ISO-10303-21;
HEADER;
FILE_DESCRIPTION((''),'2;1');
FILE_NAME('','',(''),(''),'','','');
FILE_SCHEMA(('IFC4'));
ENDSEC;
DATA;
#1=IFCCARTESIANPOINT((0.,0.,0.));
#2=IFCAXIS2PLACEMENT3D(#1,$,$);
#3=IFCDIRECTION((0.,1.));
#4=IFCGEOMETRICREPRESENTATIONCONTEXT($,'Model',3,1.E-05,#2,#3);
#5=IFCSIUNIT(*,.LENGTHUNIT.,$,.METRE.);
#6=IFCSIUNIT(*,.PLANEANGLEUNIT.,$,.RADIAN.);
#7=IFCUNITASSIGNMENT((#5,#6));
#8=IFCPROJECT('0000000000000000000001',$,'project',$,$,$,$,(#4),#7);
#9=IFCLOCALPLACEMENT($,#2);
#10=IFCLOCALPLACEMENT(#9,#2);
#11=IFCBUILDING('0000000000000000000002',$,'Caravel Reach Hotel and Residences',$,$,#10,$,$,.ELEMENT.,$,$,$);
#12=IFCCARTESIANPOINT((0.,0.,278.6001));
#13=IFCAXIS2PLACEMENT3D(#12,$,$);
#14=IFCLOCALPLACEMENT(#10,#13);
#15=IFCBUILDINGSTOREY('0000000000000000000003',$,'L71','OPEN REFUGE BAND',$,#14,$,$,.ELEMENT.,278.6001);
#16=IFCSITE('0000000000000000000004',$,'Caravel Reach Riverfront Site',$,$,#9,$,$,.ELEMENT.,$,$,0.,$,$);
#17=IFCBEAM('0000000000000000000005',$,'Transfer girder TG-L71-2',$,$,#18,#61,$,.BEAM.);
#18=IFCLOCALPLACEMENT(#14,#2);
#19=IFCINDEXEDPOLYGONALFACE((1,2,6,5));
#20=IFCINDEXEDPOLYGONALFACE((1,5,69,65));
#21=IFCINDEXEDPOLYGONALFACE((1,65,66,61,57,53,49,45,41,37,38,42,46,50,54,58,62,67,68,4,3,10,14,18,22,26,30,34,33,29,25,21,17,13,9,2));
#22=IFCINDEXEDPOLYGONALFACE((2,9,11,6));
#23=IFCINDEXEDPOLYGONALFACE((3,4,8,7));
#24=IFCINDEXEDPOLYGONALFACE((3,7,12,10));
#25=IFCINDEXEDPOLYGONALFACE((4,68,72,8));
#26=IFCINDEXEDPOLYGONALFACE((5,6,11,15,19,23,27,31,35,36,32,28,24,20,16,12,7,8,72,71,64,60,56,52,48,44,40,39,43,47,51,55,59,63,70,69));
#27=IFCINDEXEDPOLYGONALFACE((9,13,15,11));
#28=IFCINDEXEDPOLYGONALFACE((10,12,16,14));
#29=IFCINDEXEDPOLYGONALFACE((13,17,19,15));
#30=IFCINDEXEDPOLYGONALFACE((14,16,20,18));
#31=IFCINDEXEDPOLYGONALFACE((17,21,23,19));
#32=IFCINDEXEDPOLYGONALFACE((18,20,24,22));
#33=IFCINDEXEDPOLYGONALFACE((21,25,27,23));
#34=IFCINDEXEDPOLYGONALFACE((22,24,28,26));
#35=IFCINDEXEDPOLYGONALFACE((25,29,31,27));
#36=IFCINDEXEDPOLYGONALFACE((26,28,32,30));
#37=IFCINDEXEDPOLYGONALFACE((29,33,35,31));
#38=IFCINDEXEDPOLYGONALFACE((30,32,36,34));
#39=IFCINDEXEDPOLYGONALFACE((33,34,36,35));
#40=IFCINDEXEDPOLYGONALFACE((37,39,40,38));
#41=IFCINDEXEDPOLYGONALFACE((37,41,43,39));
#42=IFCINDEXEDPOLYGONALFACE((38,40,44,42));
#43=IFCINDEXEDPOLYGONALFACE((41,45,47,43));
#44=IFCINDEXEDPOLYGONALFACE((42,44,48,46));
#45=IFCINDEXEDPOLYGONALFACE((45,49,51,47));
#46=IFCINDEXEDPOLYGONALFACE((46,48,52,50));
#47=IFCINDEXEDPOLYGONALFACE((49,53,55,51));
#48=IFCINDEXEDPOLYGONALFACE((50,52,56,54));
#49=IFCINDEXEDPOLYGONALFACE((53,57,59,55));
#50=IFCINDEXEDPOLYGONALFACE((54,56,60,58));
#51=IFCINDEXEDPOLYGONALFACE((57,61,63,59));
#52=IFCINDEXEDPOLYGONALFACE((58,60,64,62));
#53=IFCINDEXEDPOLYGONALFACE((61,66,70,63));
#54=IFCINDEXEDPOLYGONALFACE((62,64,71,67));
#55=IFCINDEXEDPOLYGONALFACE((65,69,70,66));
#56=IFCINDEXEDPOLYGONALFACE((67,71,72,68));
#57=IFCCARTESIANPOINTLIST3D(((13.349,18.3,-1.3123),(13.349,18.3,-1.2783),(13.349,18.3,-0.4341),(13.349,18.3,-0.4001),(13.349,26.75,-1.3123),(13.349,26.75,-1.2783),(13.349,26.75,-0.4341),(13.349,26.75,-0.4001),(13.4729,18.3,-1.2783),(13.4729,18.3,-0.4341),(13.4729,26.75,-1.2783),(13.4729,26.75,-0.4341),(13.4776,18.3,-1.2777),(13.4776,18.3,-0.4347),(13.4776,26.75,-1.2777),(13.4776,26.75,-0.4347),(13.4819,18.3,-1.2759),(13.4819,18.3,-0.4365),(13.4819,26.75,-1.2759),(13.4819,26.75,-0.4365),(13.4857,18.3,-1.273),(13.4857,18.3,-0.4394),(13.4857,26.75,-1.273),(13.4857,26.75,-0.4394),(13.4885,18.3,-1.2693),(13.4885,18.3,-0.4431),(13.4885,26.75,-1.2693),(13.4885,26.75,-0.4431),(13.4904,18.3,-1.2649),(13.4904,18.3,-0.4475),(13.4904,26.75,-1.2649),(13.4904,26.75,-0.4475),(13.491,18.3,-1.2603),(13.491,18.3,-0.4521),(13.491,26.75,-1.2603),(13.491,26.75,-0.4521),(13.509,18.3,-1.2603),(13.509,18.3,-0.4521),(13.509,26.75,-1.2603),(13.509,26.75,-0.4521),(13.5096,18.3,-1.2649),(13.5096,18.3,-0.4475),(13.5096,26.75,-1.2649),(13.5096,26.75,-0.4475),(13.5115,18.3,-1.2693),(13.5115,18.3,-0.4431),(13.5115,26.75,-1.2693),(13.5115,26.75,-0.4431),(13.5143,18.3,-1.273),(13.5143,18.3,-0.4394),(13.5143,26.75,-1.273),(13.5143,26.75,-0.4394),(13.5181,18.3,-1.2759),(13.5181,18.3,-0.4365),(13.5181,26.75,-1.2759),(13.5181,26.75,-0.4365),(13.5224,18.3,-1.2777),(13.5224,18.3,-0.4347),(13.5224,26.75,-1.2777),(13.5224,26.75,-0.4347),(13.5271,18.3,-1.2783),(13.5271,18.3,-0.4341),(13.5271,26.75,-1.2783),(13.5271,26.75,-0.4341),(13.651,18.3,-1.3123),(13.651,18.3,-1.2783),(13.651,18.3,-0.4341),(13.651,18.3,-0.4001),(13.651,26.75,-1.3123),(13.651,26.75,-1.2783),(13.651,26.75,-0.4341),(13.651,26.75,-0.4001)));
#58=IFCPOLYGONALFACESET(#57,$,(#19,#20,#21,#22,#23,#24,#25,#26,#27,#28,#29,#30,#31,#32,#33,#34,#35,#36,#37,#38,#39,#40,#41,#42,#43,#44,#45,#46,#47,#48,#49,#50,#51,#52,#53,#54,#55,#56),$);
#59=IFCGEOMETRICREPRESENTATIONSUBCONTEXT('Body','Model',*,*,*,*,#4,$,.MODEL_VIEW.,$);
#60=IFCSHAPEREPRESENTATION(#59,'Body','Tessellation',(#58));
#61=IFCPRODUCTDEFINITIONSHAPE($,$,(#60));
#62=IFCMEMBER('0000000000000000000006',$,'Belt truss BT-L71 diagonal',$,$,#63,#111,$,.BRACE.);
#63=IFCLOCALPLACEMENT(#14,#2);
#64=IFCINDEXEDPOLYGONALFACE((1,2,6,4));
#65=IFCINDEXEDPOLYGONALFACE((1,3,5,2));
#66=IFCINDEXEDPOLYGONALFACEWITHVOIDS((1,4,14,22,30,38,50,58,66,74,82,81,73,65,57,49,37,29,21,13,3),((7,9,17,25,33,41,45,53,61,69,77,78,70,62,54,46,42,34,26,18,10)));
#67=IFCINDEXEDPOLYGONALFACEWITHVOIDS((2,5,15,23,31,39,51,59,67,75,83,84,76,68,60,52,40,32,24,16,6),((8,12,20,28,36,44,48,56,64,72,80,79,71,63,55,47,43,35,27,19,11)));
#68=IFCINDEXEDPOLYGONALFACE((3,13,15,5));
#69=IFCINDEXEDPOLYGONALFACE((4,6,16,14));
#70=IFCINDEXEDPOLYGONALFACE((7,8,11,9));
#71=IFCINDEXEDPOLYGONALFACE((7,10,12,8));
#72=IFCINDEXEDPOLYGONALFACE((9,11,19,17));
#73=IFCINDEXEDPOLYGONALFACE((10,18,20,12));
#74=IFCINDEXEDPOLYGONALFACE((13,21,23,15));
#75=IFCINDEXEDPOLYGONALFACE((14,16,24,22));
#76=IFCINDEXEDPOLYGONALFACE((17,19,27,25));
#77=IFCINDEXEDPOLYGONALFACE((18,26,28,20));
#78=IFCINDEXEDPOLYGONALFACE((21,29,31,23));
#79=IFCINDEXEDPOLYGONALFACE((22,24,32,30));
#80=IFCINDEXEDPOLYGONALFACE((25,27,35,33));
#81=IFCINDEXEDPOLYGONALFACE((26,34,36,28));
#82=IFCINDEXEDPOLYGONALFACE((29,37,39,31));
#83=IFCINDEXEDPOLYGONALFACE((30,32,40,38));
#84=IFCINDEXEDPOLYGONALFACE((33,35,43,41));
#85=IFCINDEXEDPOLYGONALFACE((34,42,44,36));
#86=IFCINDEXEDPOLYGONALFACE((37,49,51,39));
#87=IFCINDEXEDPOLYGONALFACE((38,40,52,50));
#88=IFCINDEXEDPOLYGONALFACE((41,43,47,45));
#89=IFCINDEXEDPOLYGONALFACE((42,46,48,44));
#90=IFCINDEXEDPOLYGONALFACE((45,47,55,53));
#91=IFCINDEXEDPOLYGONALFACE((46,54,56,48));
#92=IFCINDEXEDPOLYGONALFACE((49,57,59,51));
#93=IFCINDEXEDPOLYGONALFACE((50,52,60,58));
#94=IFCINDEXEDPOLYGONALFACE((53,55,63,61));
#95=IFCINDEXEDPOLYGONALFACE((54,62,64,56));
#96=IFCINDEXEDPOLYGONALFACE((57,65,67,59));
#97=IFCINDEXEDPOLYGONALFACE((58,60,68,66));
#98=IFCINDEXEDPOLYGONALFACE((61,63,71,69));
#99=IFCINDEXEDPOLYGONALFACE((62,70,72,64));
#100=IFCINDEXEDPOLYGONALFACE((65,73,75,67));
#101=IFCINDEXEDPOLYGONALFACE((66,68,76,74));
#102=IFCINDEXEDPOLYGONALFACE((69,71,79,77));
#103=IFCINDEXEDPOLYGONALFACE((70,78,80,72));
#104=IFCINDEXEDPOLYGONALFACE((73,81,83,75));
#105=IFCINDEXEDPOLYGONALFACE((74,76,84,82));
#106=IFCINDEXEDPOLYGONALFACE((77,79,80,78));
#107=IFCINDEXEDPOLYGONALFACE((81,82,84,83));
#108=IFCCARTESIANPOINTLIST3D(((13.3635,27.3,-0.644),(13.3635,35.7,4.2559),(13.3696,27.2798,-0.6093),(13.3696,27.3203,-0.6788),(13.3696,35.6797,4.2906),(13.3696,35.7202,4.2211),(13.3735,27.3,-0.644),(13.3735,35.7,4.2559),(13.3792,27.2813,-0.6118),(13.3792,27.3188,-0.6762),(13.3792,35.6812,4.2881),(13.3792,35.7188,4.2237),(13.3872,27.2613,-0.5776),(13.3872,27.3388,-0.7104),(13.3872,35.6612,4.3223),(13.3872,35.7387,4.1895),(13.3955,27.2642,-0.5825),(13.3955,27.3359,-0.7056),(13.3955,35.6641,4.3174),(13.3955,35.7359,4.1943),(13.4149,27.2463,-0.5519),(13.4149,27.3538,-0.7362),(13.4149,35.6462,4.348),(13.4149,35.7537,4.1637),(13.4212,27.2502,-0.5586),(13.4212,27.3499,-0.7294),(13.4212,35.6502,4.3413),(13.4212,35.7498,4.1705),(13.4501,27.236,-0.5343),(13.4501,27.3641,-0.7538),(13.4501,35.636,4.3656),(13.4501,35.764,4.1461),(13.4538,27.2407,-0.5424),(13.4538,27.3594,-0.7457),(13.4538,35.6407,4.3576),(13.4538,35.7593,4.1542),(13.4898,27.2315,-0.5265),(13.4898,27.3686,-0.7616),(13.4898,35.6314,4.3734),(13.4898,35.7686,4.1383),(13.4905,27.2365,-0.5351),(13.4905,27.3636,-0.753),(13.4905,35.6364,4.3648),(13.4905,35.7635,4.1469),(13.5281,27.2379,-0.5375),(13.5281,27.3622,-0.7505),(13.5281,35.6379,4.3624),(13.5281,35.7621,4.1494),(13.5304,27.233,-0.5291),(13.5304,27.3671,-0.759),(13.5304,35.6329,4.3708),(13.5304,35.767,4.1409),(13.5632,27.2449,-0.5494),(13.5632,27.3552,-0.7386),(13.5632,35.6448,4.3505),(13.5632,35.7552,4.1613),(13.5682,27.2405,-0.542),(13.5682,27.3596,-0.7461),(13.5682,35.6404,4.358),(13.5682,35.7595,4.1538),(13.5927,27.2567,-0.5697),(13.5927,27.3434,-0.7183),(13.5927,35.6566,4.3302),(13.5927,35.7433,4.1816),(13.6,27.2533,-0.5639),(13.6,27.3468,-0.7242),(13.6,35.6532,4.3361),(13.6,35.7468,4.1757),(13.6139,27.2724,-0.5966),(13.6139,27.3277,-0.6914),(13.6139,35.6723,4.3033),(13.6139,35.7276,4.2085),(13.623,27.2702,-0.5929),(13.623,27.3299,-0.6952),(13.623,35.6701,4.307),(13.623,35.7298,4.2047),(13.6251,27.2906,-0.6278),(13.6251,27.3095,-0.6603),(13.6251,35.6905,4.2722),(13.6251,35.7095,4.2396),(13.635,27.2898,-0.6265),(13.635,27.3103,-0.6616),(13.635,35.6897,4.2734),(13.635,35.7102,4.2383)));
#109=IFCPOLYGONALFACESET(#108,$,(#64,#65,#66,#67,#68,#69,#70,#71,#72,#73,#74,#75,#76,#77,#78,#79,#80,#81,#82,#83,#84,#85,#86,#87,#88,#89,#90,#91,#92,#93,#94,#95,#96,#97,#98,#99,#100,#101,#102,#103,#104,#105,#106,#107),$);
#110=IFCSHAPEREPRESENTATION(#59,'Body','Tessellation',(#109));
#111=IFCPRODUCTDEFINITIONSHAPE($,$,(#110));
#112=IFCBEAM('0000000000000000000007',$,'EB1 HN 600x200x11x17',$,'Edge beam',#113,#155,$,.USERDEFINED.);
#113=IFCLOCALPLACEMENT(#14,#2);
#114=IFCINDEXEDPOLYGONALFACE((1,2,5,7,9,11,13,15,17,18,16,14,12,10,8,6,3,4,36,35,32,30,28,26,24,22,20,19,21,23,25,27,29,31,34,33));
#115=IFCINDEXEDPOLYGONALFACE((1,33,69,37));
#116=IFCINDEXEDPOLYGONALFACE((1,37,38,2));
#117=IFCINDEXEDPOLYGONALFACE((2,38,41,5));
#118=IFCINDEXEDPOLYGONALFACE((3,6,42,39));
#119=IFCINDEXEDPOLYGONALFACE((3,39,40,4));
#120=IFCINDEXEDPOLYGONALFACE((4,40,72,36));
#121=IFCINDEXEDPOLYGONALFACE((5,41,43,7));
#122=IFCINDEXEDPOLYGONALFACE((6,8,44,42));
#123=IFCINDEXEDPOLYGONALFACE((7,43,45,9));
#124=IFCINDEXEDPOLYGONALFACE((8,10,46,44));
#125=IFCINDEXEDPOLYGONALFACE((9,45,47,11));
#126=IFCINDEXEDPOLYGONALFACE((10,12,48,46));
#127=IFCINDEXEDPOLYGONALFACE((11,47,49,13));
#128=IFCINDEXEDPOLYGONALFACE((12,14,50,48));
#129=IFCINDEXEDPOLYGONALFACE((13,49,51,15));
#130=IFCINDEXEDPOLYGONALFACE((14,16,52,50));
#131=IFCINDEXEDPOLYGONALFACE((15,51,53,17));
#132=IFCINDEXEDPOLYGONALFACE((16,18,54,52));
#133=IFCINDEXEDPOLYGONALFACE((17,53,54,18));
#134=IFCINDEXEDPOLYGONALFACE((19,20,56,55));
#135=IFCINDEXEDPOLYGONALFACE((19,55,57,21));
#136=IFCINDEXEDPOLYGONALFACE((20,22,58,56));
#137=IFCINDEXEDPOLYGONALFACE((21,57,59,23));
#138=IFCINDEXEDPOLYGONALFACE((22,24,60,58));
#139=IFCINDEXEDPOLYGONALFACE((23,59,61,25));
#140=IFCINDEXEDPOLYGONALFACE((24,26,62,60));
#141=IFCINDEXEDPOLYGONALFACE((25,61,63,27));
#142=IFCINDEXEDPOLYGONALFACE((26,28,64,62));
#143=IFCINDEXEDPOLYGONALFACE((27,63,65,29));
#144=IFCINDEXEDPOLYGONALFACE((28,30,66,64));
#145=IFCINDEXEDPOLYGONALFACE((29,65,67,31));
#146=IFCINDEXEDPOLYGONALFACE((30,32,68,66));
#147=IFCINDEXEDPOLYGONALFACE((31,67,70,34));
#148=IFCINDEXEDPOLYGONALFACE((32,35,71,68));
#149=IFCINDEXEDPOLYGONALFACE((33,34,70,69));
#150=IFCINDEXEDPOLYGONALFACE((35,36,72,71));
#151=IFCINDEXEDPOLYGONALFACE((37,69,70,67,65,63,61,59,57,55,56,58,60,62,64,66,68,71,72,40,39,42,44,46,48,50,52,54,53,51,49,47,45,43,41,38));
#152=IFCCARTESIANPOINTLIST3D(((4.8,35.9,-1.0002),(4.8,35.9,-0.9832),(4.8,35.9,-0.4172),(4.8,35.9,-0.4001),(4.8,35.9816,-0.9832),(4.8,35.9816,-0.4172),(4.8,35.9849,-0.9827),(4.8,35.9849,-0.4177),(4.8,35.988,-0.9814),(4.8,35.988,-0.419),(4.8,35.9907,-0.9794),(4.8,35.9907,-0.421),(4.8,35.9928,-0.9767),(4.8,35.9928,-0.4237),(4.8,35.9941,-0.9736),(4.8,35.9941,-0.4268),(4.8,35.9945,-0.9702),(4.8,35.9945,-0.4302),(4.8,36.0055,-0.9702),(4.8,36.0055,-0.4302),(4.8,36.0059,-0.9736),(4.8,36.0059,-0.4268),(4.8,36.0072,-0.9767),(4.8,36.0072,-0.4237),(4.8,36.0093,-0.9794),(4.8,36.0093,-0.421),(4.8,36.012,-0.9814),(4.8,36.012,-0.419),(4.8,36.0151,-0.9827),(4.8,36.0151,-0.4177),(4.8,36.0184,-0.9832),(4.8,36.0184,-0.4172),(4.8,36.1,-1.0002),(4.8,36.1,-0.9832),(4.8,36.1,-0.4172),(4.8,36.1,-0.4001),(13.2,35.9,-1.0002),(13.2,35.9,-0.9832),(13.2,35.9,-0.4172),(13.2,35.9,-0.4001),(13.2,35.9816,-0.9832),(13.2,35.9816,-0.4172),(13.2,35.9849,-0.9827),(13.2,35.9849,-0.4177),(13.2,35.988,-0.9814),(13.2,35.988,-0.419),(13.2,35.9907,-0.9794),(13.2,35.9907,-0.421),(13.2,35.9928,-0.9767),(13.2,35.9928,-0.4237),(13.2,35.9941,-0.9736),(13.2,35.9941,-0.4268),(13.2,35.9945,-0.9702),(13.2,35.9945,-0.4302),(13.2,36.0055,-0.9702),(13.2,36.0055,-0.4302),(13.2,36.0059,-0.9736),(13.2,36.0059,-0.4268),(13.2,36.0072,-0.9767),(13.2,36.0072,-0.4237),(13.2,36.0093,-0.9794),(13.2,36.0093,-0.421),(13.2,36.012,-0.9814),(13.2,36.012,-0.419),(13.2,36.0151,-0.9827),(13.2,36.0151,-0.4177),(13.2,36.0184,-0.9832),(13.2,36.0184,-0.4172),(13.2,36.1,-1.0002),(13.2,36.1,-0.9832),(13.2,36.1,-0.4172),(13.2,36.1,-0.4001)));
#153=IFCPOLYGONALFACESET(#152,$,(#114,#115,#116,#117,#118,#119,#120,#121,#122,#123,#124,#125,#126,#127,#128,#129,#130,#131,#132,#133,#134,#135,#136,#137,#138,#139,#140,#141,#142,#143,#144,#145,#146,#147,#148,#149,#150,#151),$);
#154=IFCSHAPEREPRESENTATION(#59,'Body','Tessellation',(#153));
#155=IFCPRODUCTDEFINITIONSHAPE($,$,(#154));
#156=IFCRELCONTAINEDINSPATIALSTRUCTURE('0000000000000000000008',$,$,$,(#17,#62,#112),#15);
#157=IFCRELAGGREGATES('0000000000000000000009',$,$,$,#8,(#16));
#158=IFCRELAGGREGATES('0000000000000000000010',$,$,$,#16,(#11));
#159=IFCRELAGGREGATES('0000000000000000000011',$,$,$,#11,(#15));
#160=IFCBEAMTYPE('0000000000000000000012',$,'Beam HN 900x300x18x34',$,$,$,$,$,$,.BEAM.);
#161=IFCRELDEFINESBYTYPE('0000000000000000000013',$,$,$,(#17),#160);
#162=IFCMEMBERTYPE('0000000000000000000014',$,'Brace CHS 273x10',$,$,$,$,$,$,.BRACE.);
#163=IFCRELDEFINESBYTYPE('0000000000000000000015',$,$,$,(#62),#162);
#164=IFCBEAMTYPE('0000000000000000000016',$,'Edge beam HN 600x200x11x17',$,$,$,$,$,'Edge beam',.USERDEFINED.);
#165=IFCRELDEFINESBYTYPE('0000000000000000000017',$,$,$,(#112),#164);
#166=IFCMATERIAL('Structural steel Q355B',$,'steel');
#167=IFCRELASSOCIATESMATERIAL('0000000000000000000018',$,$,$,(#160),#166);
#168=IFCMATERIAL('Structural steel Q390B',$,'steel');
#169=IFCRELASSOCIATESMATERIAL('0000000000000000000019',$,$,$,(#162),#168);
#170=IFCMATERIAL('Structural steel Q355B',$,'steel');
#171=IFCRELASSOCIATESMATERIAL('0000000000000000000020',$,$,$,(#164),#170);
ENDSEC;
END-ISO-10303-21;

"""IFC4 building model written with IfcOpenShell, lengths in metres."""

from ifc_helpers import new_model, si_unit, direction, frame, origin, origin_2d, place, context, subcontext, project, spatial, hollow_circle, i_section, extrude, material, material_profile, profile_set, type_object, element, save


model = new_model("IFC4")

# Units and contexts
model_context = context("Model", 3, precision=1e-05, world=origin(), true_north=direction((0.0, 1.0)))
body_context = subcontext(model_context, "Body", "Model", "MODEL_VIEW")
ifc_project = project(units=[si_unit("LENGTHUNIT", "METRE"), si_unit("PLANEANGLEUNIT", "RADIAN")], contexts=[model_context])

# Site, building, storey
site_placement = place(None, origin())
site = spatial("IfcSite", under=ifc_project, at=site_placement, Name="Caravel Reach Riverfront Site", CompositionType="ELEMENT", RefElevation=0.0)
building_placement = place(site_placement, origin())
building = spatial("IfcBuilding", under=site, at=building_placement, Name="Caravel Reach Hotel and Residences", CompositionType="ELEMENT")
storey_placement = place(building_placement, frame((0.0, 0.0, 278.6001)))
storey = spatial("IfcBuildingStorey", under=building, at=storey_placement, Name="L71", Description="OPEN REFUGE BAND", CompositionType="ELEMENT", Elevation=278.6001)

# Beam
ifc_material_1 = material(Name="Structural steel Q355B", Category="steel")
ifc_material_profile_1 = material_profile(ifc_material_1, i_section(OverallWidth=0.302, OverallDepth=0.9121, WebThickness=0.0181, FlangeThickness=0.0339, FilletRadius=0.0181, at=origin_2d()), Name="HN 900x300x18x34")
ifc_profile_set_1 = profile_set([ifc_material_profile_1], Name="Structural steel Q355B")
beam_type_1 = type_object("IfcBeamType", Name="Beam HN 900x300x18x34", PredefinedType="BEAM", material=ifc_profile_set_1)
for number, where, z_axis, x_axis, name in (
    (1, (13.5, 26.75, -0.8562), (0.0, -1.0, 0.0), (1.0, 0.0, 0.0), "Transfer girder TG-L71-2"),
):
    element("IfcBeam", number, at=place(storey_placement, frame(where, z_axis=z_axis, x_axis=x_axis)), inside=storey, type_object=beam_type_1, Name=name, PredefinedType="BEAM", context=body_context, shape_type="SweptSolid", body=[
        extrude(i_section(OverallWidth=0.302, OverallDepth=0.9121, WebThickness=0.0181, FlangeThickness=0.0339, FilletRadius=0.0181, at=origin_2d()), origin(), (0.0, 0.0, 1.0), 8.45),
    ])

# Member
ifc_material_2 = material(Name="Structural steel Q390B", Category="steel")
ifc_material_profile_2 = material_profile(ifc_material_2, hollow_circle(Radius=0.1365, WallThickness=0.01, at=origin_2d()), Name="CHS 273x10")
ifc_profile_set_2 = profile_set([ifc_material_profile_2], Name="Structural steel Q390B")
member_type = type_object("IfcMemberType", Name="Brace CHS 273x10", PredefinedType="BRACE", material=ifc_profile_set_2)
member_placement = place(storey_placement, frame((13.5, 27.3, -0.644), z_axis=(0.0, 0.863781, 0.503868), x_axis=(-1.0, 0.0, 0.0)))
element("IfcMember", 2, at=member_placement, inside=storey, type_object=member_type, Name="Belt truss BT-L71 diagonal", PredefinedType="BRACE", context=body_context, shape_type="SweptSolid", body=[
    extrude(hollow_circle(Radius=0.1365, WallThickness=0.01, at=origin_2d()), origin(), (0.0, 0.0, 1.0), 9.7246),
])

# Beam
ifc_material_3 = material(Name="Structural steel Q355B", Category="steel")
ifc_material_profile_3 = material_profile(ifc_material_3, i_section(OverallWidth=0.2, OverallDepth=0.6001, WebThickness=0.011, FlangeThickness=0.0171, FilletRadius=0.0129, at=origin_2d()), Name="HN 600x200x11x17")
ifc_profile_set_3 = profile_set([ifc_material_profile_3], Name="Structural steel Q355B")
beam_type_2 = type_object("IfcBeamType", Name="Edge beam HN 600x200x11x17", ElementType="Edge beam", PredefinedType="USERDEFINED", material=ifc_profile_set_3)
beam_1_placement = place(storey_placement, frame((13.2, 36.0, -0.7002), z_axis=(-1.0, 0.0, 0.0), x_axis=(0.0, -1.0, 0.0)))
element("IfcBeam", 3, at=beam_1_placement, inside=storey, type_object=beam_type_2, Name="EB1 HN 600x200x11x17", ObjectType="Edge beam", PredefinedType="USERDEFINED", context=body_context, shape_type="SweptSolid", body=[
    extrude(i_section(OverallWidth=0.2, OverallDepth=0.6001, WebThickness=0.011, FlangeThickness=0.0171, FilletRadius=0.0129, at=origin_2d()), origin(), (0.0, 0.0, 1.0), 8.3999),
])

save(model, "model.ifc")
